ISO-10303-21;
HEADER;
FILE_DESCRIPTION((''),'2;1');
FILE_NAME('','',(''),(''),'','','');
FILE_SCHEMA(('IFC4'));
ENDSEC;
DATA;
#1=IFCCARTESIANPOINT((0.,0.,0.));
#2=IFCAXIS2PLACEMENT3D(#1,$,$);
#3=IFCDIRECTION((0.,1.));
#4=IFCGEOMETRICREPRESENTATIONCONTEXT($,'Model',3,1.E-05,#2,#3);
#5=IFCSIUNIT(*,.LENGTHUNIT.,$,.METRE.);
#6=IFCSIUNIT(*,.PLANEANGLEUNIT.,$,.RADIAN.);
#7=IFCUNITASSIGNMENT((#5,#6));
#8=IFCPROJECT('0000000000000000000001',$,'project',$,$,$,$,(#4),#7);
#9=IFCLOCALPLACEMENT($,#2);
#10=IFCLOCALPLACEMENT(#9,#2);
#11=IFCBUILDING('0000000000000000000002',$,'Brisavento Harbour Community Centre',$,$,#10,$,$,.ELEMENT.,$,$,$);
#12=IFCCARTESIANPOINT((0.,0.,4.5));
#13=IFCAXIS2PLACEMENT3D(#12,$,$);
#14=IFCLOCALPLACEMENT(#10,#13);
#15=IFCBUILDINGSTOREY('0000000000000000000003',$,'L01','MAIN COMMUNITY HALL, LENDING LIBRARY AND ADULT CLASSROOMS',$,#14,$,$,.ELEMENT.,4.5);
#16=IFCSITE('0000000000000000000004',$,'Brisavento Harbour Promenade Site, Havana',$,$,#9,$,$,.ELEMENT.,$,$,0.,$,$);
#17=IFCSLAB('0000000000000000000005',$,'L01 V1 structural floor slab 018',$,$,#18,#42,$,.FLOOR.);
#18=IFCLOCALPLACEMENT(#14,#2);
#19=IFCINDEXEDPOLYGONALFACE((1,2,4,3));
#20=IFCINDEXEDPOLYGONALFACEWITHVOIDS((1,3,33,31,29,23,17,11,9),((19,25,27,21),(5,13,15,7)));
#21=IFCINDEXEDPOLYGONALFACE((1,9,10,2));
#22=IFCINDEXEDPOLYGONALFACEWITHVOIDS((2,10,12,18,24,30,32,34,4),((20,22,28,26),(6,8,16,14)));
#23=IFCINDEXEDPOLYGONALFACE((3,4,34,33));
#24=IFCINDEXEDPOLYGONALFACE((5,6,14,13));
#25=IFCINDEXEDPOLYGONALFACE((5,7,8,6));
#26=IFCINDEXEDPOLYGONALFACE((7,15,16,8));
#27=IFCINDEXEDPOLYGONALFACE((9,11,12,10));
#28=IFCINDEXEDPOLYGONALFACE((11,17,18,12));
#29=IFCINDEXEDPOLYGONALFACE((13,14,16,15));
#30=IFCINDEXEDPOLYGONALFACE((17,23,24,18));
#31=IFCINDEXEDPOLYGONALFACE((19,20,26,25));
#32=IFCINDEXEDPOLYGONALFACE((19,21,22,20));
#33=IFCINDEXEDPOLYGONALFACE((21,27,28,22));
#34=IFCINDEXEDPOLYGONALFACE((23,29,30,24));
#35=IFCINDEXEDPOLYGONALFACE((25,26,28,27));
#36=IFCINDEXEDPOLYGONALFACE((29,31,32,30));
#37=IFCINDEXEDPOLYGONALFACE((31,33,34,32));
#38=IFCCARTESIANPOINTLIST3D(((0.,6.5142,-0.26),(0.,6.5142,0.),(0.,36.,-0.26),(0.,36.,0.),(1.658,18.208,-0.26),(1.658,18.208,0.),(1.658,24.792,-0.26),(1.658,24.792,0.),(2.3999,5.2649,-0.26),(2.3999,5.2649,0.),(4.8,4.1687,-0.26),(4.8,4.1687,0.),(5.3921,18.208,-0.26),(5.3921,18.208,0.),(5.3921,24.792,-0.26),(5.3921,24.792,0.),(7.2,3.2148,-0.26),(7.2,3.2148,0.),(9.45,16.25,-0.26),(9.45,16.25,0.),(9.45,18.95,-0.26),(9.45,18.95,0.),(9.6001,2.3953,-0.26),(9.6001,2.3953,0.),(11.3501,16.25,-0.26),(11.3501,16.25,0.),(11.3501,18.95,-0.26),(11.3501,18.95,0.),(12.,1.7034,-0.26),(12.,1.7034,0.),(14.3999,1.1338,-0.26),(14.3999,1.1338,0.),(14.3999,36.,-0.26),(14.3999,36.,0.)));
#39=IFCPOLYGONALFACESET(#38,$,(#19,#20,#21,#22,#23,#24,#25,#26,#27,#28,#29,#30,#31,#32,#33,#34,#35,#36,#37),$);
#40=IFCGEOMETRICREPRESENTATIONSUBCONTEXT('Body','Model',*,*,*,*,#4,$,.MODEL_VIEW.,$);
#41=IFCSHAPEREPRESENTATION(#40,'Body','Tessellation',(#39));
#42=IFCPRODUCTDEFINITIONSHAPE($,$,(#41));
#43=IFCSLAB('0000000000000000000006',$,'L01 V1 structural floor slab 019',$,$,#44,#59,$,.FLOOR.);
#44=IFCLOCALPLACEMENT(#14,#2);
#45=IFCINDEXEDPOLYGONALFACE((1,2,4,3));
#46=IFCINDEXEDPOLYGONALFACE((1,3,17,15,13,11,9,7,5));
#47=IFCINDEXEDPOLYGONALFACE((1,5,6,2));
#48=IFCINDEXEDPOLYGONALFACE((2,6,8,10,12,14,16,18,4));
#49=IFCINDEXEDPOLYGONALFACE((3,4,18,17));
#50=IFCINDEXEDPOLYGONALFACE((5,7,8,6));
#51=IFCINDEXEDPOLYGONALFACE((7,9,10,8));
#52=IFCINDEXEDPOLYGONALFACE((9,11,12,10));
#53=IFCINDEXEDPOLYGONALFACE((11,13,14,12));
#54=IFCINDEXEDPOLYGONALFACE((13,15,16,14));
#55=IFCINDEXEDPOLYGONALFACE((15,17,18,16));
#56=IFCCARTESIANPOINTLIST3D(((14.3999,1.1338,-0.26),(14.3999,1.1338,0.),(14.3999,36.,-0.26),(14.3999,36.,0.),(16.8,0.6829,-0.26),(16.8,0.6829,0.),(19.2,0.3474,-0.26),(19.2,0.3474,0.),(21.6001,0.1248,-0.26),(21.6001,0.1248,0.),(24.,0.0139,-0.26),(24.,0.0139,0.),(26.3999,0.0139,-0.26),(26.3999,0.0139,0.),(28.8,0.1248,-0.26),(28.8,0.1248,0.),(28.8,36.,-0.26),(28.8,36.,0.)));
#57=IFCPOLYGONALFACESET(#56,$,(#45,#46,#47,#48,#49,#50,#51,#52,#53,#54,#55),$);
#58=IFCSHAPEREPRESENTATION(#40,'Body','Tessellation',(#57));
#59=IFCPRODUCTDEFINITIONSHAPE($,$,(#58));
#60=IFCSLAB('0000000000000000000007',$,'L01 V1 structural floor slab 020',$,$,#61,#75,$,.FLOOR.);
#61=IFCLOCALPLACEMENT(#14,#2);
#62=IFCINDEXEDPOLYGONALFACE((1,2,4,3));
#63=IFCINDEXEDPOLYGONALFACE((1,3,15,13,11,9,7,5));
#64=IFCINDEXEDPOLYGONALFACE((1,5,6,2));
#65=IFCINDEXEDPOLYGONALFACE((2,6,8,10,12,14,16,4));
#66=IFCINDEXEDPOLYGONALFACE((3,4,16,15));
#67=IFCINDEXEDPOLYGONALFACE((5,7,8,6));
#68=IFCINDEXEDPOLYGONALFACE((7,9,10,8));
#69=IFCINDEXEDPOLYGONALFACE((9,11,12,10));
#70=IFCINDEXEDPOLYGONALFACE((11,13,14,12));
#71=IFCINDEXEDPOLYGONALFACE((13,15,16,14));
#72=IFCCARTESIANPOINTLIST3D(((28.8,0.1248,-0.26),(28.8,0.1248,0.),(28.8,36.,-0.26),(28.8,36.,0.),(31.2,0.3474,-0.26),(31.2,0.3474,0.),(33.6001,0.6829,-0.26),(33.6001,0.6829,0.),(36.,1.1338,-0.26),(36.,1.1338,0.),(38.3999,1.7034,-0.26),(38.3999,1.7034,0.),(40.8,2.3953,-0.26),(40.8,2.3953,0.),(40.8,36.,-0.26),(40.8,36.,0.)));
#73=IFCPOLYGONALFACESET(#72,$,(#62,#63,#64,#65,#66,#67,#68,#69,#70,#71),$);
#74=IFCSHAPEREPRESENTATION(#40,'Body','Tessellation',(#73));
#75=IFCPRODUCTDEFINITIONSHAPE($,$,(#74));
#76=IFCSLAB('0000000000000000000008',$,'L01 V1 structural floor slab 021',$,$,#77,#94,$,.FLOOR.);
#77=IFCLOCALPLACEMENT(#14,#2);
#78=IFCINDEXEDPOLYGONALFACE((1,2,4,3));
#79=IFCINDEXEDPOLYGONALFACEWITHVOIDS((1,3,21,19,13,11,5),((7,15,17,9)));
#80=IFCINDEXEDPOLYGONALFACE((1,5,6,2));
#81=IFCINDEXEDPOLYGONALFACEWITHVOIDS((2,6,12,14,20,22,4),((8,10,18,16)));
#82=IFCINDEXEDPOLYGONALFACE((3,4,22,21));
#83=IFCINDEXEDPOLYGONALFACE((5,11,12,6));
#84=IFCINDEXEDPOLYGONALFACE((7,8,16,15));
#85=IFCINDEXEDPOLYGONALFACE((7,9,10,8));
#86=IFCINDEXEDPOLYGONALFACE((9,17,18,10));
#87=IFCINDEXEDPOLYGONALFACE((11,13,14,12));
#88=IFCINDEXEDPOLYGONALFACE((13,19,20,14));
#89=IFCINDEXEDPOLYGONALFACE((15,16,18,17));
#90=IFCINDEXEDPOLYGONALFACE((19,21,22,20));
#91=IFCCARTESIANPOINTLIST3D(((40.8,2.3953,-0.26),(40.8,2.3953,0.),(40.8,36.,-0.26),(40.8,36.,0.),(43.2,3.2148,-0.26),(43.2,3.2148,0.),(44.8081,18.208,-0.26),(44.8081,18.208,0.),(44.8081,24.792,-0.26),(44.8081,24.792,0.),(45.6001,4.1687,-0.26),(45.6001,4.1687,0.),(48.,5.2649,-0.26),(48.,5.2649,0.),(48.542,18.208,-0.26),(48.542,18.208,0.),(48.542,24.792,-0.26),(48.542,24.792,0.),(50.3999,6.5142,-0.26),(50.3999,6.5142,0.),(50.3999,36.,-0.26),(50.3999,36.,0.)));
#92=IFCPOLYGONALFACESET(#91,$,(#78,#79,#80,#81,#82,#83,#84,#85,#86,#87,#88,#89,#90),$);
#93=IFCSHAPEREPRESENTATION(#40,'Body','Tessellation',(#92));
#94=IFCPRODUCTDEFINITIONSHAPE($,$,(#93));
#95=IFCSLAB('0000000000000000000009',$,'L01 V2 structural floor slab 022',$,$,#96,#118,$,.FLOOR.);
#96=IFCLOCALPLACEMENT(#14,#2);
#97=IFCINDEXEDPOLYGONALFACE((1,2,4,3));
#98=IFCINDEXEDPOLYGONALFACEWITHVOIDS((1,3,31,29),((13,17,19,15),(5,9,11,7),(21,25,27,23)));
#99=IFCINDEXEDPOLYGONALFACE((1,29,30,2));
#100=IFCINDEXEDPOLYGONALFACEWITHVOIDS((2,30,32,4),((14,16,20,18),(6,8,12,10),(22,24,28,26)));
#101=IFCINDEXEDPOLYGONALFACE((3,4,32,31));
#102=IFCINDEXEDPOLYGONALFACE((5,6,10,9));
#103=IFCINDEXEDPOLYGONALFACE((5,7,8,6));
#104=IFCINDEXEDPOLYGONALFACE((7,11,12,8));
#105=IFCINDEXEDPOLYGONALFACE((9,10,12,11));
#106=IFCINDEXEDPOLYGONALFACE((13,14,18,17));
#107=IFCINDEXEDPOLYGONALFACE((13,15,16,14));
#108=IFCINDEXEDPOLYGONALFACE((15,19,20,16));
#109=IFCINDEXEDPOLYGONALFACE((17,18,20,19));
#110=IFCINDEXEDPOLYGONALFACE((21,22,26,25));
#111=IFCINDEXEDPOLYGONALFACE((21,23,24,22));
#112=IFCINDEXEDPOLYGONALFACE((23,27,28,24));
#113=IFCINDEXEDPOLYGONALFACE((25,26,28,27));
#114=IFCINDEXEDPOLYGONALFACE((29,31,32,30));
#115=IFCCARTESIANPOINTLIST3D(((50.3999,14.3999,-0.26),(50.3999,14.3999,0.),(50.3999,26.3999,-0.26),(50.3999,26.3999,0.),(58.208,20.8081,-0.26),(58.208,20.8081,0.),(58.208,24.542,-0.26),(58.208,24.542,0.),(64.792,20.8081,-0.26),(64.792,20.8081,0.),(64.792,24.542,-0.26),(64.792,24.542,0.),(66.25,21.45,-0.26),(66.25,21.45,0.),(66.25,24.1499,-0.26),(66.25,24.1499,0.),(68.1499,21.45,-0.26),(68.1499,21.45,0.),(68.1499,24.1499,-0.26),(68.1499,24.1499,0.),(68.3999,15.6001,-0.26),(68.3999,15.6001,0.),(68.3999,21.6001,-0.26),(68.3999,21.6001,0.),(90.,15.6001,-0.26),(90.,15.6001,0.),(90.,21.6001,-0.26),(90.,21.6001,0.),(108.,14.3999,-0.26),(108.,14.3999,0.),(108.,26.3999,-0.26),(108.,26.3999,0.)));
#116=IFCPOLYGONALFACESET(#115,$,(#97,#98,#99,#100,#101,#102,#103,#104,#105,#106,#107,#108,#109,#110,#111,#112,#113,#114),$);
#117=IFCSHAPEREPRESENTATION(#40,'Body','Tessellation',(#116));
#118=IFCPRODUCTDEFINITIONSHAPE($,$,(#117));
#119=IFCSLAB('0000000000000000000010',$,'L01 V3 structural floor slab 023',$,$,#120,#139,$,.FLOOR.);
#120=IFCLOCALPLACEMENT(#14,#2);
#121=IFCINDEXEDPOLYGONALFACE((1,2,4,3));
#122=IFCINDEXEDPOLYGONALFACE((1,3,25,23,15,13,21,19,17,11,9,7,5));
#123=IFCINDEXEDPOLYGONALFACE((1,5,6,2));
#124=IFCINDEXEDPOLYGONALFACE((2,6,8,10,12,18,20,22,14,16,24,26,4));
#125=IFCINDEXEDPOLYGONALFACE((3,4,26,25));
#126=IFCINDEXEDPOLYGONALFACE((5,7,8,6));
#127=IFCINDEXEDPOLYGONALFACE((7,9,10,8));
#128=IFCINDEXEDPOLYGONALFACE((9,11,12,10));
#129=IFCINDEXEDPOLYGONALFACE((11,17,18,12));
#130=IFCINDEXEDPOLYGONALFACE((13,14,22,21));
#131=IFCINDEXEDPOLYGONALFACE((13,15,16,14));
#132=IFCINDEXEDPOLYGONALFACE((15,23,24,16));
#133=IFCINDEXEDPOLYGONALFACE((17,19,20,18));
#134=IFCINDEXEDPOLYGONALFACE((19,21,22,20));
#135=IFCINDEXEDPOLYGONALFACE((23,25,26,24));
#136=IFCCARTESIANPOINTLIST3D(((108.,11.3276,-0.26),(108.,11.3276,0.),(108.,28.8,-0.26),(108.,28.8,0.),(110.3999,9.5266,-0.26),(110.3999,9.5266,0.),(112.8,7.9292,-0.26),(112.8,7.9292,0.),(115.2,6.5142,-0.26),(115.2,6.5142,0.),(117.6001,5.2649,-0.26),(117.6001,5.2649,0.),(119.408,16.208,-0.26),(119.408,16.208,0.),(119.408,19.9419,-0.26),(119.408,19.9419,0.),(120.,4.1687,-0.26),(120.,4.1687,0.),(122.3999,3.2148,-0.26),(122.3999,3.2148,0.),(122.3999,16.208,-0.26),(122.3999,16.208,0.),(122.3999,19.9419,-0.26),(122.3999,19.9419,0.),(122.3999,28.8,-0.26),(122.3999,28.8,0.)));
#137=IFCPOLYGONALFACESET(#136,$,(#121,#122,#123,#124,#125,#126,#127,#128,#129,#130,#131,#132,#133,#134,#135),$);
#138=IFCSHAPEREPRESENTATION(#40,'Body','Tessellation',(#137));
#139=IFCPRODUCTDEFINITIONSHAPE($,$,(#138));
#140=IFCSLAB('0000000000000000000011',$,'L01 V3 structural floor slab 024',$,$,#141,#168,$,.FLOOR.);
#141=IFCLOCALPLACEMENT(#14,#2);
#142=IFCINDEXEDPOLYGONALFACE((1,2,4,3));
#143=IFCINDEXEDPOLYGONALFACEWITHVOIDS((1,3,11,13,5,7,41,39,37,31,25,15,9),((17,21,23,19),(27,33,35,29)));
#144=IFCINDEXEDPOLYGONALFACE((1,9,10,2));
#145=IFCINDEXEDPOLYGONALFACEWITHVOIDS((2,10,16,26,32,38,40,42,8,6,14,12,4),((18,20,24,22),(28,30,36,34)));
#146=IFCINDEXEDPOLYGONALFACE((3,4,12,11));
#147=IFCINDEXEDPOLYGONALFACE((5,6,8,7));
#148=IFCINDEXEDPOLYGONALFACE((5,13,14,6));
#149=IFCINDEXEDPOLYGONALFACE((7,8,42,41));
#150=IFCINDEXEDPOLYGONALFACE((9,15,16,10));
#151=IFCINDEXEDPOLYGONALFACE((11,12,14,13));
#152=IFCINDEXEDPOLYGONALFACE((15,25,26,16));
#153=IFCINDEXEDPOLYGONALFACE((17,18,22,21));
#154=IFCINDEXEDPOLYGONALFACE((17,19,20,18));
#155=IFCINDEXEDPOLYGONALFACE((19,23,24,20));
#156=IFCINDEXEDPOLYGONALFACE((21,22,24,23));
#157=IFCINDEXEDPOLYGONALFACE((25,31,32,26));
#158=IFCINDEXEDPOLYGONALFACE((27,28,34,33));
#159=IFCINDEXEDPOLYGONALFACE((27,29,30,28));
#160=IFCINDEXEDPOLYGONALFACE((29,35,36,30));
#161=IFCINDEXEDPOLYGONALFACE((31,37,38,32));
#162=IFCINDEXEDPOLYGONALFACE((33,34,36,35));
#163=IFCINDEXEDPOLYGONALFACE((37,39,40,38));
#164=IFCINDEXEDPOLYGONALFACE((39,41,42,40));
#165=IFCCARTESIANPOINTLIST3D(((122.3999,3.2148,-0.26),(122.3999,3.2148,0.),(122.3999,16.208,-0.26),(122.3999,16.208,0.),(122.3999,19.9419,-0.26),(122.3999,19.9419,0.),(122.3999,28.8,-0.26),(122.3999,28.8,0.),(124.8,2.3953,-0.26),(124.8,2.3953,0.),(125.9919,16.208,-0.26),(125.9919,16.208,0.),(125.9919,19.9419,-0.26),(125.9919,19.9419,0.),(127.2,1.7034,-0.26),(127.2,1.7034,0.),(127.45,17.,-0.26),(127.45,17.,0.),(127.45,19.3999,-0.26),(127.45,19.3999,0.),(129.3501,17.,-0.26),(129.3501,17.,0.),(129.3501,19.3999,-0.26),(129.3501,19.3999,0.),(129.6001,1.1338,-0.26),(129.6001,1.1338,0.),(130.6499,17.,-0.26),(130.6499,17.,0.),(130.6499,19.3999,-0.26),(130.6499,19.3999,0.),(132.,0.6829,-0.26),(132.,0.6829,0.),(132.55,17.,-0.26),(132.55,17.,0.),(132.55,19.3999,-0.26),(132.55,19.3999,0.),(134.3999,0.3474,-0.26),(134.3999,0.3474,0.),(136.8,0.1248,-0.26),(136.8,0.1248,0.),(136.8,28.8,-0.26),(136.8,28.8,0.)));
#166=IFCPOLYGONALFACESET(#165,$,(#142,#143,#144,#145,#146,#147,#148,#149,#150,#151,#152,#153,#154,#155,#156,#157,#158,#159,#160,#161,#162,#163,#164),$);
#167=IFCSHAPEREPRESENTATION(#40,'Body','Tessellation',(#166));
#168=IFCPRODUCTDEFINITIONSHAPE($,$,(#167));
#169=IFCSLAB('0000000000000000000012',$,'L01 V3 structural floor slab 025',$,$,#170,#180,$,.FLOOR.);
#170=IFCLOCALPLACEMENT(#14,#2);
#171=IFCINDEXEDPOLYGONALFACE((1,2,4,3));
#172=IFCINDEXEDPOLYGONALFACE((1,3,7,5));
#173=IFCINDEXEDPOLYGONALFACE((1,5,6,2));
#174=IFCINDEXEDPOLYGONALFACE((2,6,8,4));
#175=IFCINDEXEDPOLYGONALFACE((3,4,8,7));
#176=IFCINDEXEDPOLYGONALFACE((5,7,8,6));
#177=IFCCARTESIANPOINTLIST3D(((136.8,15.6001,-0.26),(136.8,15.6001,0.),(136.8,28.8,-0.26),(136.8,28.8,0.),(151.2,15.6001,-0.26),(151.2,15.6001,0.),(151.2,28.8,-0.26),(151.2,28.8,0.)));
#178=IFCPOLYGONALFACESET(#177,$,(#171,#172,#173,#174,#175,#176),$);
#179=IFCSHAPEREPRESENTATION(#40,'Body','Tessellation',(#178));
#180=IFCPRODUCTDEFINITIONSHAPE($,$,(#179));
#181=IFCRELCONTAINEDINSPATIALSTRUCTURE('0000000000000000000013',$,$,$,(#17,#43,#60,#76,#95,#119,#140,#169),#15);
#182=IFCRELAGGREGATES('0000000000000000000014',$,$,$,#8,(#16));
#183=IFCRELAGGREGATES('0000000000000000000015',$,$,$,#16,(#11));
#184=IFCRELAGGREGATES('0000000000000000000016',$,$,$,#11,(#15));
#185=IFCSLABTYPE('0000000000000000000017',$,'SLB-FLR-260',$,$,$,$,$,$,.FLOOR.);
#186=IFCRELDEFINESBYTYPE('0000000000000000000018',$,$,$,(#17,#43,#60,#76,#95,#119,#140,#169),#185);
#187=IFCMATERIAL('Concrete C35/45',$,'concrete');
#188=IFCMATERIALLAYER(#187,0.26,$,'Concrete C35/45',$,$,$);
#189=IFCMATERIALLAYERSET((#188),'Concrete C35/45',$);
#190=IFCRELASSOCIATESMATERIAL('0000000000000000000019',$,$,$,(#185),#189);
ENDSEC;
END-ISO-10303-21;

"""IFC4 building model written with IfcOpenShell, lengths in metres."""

from ifc_helpers import new_model, si_unit, direction, frame, origin, place, context, subcontext, project, spatial, polyline, outline, extrude, material, layer, layer_set, type_object, element, save


model = new_model("IFC4")

# Units and contexts
model_context = context("Model", 3, precision=1e-05, world=origin(), true_north=direction((0.0, 1.0)))
body_context = subcontext(model_context, "Body", "Model", "MODEL_VIEW")
ifc_project = project(units=[si_unit("LENGTHUNIT", "METRE"), si_unit("PLANEANGLEUNIT", "RADIAN")], contexts=[model_context])

# Site, building, storey
site_placement = place(None, origin())
site = spatial("IfcSite", under=ifc_project, at=site_placement, Name="Brisavento Harbour Promenade Site, Havana", CompositionType="ELEMENT", RefElevation=0.0)
building_placement = place(site_placement, origin())
building = spatial("IfcBuilding", under=site, at=building_placement, Name="Brisavento Harbour Community Centre", CompositionType="ELEMENT")
storey_placement = place(building_placement, frame((0.0, 0.0, 4.5)))
storey = spatial("IfcBuildingStorey", under=building, at=storey_placement, Name="L01", Description="MAIN COMMUNITY HALL, LENDING LIBRARY AND ADULT CLASSROOMS", CompositionType="ELEMENT", Elevation=4.5)

# Slabs
ifc_material_1 = material(Name="Concrete C35/45", Category="concrete")
ifc_layer_1 = layer(ifc_material_1, 0.26, Name="Concrete C35/45")
ifc_layer_set_1 = layer_set([ifc_layer_1], Name="Concrete C35/45")
slab_type_1 = type_object("IfcSlabType", Name="SLB-FLR-260", PredefinedType="FLOOR", material=ifc_layer_set_1)
slab_1_placement = place(storey_placement, frame((0.0, 0.0, -0.26)))
element("IfcSlab", 1, at=slab_1_placement, inside=storey, type_object=slab_type_1, Name="L01 V1 structural floor slab 018", PredefinedType="FLOOR", context=body_context, shape_type="SweptSolid", body=[
    extrude(outline(polyline([(0.0, 36.0), (0.0, 6.5142), (2.3999, 5.2649), (4.8, 4.1687), (7.2, 3.2148), (9.6001, 2.3953), (12.0, 1.7034), (14.3999, 1.1338), (14.3999, 36.0), (0.0, 36.0)]), holes=[polyline([(11.3501, 18.95), (11.3501, 16.25), (9.45, 16.25), (9.45, 18.95), (11.3501, 18.95)]), polyline([(5.3921, 24.792), (5.3921, 18.208), (1.658, 18.208), (1.658, 24.792), (5.3921, 24.792)])]), origin(), (0.0, 0.0, 1.0), 0.26),
])
slab_2_placement = place(storey_placement, frame((0.0, 0.0, -0.26)))
element("IfcSlab", 2, at=slab_2_placement, inside=storey, type_object=slab_type_1, Name="L01 V1 structural floor slab 019", PredefinedType="FLOOR", context=body_context, shape_type="SweptSolid", body=[
    extrude(outline(polyline([(14.3999, 36.0), (14.3999, 1.1338), (16.8, 0.6829), (19.2, 0.3474), (21.6001, 0.1248), (24.0, 0.0139), (26.3999, 0.0139), (28.8, 0.1248), (28.8, 36.0), (14.3999, 36.0)])), origin(), (0.0, 0.0, 1.0), 0.26),
])
slab_3_placement = place(storey_placement, frame((0.0, 0.0, -0.26)))
element("IfcSlab", 3, at=slab_3_placement, inside=storey, type_object=slab_type_1, Name="L01 V1 structural floor slab 020", PredefinedType="FLOOR", context=body_context, shape_type="SweptSolid", body=[
    extrude(outline(polyline([(28.8, 36.0), (28.8, 0.1248), (31.2, 0.3474), (33.6001, 0.6829), (36.0, 1.1338), (38.3999, 1.7034), (40.8, 2.3953), (40.8, 36.0), (28.8, 36.0)])), origin(), (0.0, 0.0, 1.0), 0.26),
])
slab_4_placement = place(storey_placement, frame((0.0, 0.0, -0.26)))
element("IfcSlab", 4, at=slab_4_placement, inside=storey, type_object=slab_type_1, Name="L01 V1 structural floor slab 021", PredefinedType="FLOOR", context=body_context, shape_type="SweptSolid", body=[
    extrude(outline(polyline([(40.8, 36.0), (40.8, 2.3953), (43.2, 3.2148), (45.6001, 4.1687), (48.0, 5.2649), (50.3999, 6.5142), (50.3999, 36.0), (40.8, 36.0)]), holes=[polyline([(44.8081, 24.792), (48.542, 24.792), (48.542, 18.208), (44.8081, 18.208), (44.8081, 24.792)])]), origin(), (0.0, 0.0, 1.0), 0.26),
])
slab_5_placement = place(storey_placement, frame((0.0, 0.0, -0.26)))
element("IfcSlab", 5, at=slab_5_placement, inside=storey, type_object=slab_type_1, Name="L01 V2 structural floor slab 022", PredefinedType="FLOOR", context=body_context, shape_type="SweptSolid", body=[
    extrude(outline(polyline([(50.3999, 14.3999), (108.0, 14.3999), (108.0, 26.3999), (50.3999, 26.3999), (50.3999, 14.3999)]), holes=[polyline([(90.0, 15.6001), (68.3999, 15.6001), (68.3999, 21.6001), (90.0, 21.6001), (90.0, 15.6001)]), polyline([(58.208, 20.8081), (58.208, 24.542), (64.792, 24.542), (64.792, 20.8081), (58.208, 20.8081)]), polyline([(66.25, 21.45), (66.25, 24.1499), (68.1499, 24.1499), (68.1499, 21.45), (66.25, 21.45)])]), origin(), (0.0, 0.0, 1.0), 0.26),
])
slab_6_placement = place(storey_placement, frame((0.0, 0.0, -0.26)))
element("IfcSlab", 6, at=slab_6_placement, inside=storey, type_object=slab_type_1, Name="L01 V3 structural floor slab 023", PredefinedType="FLOOR", context=body_context, shape_type="SweptSolid", body=[
    extrude(outline(polyline([(108.0, 28.8), (108.0, 11.3276), (110.3999, 9.5266), (112.8, 7.9292), (115.2, 6.5142), (117.6001, 5.2649), (120.0, 4.1687), (122.3999, 3.2148), (122.3999, 16.208), (119.408, 16.208), (119.408, 19.9419), (122.3999, 19.9419), (122.3999, 28.8), (108.0, 28.8)])), origin(), (0.0, 0.0, 1.0), 0.26),
])
slab_7_placement = place(storey_placement, frame((0.0, 0.0, -0.26)))
element("IfcSlab", 7, at=slab_7_placement, inside=storey, type_object=slab_type_1, Name="L01 V3 structural floor slab 024", PredefinedType="FLOOR", context=body_context, shape_type="SweptSolid", body=[
    extrude(outline(polyline([(122.3999, 28.8), (122.3999, 19.9419), (125.9919, 19.9419), (125.9919, 16.208), (122.3999, 16.208), (122.3999, 3.2148), (124.8, 2.3953), (127.2, 1.7034), (129.6001, 1.1338), (132.0, 0.6829), (134.3999, 0.3474), (136.8, 0.1248), (136.8, 28.8), (122.3999, 28.8)]), holes=[polyline([(129.3501, 17.0), (127.45, 17.0), (127.45, 19.3999), (129.3501, 19.3999), (129.3501, 17.0)]), polyline([(132.55, 17.0), (130.6499, 17.0), (130.6499, 19.3999), (132.55, 19.3999), (132.55, 17.0)])]), origin(), (0.0, 0.0, 1.0), 0.26),
])
slab_8_placement = place(storey_placement, frame((0.0, 0.0, -0.26)))
element("IfcSlab", 8, at=slab_8_placement, inside=storey, type_object=slab_type_1, Name="L01 V3 structural floor slab 025", PredefinedType="FLOOR", context=body_context, shape_type="SweptSolid", body=[
    extrude(outline(polyline([(136.8, 28.8), (136.8, 15.6001), (151.2, 15.6001), (151.2, 28.8), (136.8, 28.8)])), origin(), (0.0, 0.0, 1.0), 0.26),
])

save(model, "model.ifc")
